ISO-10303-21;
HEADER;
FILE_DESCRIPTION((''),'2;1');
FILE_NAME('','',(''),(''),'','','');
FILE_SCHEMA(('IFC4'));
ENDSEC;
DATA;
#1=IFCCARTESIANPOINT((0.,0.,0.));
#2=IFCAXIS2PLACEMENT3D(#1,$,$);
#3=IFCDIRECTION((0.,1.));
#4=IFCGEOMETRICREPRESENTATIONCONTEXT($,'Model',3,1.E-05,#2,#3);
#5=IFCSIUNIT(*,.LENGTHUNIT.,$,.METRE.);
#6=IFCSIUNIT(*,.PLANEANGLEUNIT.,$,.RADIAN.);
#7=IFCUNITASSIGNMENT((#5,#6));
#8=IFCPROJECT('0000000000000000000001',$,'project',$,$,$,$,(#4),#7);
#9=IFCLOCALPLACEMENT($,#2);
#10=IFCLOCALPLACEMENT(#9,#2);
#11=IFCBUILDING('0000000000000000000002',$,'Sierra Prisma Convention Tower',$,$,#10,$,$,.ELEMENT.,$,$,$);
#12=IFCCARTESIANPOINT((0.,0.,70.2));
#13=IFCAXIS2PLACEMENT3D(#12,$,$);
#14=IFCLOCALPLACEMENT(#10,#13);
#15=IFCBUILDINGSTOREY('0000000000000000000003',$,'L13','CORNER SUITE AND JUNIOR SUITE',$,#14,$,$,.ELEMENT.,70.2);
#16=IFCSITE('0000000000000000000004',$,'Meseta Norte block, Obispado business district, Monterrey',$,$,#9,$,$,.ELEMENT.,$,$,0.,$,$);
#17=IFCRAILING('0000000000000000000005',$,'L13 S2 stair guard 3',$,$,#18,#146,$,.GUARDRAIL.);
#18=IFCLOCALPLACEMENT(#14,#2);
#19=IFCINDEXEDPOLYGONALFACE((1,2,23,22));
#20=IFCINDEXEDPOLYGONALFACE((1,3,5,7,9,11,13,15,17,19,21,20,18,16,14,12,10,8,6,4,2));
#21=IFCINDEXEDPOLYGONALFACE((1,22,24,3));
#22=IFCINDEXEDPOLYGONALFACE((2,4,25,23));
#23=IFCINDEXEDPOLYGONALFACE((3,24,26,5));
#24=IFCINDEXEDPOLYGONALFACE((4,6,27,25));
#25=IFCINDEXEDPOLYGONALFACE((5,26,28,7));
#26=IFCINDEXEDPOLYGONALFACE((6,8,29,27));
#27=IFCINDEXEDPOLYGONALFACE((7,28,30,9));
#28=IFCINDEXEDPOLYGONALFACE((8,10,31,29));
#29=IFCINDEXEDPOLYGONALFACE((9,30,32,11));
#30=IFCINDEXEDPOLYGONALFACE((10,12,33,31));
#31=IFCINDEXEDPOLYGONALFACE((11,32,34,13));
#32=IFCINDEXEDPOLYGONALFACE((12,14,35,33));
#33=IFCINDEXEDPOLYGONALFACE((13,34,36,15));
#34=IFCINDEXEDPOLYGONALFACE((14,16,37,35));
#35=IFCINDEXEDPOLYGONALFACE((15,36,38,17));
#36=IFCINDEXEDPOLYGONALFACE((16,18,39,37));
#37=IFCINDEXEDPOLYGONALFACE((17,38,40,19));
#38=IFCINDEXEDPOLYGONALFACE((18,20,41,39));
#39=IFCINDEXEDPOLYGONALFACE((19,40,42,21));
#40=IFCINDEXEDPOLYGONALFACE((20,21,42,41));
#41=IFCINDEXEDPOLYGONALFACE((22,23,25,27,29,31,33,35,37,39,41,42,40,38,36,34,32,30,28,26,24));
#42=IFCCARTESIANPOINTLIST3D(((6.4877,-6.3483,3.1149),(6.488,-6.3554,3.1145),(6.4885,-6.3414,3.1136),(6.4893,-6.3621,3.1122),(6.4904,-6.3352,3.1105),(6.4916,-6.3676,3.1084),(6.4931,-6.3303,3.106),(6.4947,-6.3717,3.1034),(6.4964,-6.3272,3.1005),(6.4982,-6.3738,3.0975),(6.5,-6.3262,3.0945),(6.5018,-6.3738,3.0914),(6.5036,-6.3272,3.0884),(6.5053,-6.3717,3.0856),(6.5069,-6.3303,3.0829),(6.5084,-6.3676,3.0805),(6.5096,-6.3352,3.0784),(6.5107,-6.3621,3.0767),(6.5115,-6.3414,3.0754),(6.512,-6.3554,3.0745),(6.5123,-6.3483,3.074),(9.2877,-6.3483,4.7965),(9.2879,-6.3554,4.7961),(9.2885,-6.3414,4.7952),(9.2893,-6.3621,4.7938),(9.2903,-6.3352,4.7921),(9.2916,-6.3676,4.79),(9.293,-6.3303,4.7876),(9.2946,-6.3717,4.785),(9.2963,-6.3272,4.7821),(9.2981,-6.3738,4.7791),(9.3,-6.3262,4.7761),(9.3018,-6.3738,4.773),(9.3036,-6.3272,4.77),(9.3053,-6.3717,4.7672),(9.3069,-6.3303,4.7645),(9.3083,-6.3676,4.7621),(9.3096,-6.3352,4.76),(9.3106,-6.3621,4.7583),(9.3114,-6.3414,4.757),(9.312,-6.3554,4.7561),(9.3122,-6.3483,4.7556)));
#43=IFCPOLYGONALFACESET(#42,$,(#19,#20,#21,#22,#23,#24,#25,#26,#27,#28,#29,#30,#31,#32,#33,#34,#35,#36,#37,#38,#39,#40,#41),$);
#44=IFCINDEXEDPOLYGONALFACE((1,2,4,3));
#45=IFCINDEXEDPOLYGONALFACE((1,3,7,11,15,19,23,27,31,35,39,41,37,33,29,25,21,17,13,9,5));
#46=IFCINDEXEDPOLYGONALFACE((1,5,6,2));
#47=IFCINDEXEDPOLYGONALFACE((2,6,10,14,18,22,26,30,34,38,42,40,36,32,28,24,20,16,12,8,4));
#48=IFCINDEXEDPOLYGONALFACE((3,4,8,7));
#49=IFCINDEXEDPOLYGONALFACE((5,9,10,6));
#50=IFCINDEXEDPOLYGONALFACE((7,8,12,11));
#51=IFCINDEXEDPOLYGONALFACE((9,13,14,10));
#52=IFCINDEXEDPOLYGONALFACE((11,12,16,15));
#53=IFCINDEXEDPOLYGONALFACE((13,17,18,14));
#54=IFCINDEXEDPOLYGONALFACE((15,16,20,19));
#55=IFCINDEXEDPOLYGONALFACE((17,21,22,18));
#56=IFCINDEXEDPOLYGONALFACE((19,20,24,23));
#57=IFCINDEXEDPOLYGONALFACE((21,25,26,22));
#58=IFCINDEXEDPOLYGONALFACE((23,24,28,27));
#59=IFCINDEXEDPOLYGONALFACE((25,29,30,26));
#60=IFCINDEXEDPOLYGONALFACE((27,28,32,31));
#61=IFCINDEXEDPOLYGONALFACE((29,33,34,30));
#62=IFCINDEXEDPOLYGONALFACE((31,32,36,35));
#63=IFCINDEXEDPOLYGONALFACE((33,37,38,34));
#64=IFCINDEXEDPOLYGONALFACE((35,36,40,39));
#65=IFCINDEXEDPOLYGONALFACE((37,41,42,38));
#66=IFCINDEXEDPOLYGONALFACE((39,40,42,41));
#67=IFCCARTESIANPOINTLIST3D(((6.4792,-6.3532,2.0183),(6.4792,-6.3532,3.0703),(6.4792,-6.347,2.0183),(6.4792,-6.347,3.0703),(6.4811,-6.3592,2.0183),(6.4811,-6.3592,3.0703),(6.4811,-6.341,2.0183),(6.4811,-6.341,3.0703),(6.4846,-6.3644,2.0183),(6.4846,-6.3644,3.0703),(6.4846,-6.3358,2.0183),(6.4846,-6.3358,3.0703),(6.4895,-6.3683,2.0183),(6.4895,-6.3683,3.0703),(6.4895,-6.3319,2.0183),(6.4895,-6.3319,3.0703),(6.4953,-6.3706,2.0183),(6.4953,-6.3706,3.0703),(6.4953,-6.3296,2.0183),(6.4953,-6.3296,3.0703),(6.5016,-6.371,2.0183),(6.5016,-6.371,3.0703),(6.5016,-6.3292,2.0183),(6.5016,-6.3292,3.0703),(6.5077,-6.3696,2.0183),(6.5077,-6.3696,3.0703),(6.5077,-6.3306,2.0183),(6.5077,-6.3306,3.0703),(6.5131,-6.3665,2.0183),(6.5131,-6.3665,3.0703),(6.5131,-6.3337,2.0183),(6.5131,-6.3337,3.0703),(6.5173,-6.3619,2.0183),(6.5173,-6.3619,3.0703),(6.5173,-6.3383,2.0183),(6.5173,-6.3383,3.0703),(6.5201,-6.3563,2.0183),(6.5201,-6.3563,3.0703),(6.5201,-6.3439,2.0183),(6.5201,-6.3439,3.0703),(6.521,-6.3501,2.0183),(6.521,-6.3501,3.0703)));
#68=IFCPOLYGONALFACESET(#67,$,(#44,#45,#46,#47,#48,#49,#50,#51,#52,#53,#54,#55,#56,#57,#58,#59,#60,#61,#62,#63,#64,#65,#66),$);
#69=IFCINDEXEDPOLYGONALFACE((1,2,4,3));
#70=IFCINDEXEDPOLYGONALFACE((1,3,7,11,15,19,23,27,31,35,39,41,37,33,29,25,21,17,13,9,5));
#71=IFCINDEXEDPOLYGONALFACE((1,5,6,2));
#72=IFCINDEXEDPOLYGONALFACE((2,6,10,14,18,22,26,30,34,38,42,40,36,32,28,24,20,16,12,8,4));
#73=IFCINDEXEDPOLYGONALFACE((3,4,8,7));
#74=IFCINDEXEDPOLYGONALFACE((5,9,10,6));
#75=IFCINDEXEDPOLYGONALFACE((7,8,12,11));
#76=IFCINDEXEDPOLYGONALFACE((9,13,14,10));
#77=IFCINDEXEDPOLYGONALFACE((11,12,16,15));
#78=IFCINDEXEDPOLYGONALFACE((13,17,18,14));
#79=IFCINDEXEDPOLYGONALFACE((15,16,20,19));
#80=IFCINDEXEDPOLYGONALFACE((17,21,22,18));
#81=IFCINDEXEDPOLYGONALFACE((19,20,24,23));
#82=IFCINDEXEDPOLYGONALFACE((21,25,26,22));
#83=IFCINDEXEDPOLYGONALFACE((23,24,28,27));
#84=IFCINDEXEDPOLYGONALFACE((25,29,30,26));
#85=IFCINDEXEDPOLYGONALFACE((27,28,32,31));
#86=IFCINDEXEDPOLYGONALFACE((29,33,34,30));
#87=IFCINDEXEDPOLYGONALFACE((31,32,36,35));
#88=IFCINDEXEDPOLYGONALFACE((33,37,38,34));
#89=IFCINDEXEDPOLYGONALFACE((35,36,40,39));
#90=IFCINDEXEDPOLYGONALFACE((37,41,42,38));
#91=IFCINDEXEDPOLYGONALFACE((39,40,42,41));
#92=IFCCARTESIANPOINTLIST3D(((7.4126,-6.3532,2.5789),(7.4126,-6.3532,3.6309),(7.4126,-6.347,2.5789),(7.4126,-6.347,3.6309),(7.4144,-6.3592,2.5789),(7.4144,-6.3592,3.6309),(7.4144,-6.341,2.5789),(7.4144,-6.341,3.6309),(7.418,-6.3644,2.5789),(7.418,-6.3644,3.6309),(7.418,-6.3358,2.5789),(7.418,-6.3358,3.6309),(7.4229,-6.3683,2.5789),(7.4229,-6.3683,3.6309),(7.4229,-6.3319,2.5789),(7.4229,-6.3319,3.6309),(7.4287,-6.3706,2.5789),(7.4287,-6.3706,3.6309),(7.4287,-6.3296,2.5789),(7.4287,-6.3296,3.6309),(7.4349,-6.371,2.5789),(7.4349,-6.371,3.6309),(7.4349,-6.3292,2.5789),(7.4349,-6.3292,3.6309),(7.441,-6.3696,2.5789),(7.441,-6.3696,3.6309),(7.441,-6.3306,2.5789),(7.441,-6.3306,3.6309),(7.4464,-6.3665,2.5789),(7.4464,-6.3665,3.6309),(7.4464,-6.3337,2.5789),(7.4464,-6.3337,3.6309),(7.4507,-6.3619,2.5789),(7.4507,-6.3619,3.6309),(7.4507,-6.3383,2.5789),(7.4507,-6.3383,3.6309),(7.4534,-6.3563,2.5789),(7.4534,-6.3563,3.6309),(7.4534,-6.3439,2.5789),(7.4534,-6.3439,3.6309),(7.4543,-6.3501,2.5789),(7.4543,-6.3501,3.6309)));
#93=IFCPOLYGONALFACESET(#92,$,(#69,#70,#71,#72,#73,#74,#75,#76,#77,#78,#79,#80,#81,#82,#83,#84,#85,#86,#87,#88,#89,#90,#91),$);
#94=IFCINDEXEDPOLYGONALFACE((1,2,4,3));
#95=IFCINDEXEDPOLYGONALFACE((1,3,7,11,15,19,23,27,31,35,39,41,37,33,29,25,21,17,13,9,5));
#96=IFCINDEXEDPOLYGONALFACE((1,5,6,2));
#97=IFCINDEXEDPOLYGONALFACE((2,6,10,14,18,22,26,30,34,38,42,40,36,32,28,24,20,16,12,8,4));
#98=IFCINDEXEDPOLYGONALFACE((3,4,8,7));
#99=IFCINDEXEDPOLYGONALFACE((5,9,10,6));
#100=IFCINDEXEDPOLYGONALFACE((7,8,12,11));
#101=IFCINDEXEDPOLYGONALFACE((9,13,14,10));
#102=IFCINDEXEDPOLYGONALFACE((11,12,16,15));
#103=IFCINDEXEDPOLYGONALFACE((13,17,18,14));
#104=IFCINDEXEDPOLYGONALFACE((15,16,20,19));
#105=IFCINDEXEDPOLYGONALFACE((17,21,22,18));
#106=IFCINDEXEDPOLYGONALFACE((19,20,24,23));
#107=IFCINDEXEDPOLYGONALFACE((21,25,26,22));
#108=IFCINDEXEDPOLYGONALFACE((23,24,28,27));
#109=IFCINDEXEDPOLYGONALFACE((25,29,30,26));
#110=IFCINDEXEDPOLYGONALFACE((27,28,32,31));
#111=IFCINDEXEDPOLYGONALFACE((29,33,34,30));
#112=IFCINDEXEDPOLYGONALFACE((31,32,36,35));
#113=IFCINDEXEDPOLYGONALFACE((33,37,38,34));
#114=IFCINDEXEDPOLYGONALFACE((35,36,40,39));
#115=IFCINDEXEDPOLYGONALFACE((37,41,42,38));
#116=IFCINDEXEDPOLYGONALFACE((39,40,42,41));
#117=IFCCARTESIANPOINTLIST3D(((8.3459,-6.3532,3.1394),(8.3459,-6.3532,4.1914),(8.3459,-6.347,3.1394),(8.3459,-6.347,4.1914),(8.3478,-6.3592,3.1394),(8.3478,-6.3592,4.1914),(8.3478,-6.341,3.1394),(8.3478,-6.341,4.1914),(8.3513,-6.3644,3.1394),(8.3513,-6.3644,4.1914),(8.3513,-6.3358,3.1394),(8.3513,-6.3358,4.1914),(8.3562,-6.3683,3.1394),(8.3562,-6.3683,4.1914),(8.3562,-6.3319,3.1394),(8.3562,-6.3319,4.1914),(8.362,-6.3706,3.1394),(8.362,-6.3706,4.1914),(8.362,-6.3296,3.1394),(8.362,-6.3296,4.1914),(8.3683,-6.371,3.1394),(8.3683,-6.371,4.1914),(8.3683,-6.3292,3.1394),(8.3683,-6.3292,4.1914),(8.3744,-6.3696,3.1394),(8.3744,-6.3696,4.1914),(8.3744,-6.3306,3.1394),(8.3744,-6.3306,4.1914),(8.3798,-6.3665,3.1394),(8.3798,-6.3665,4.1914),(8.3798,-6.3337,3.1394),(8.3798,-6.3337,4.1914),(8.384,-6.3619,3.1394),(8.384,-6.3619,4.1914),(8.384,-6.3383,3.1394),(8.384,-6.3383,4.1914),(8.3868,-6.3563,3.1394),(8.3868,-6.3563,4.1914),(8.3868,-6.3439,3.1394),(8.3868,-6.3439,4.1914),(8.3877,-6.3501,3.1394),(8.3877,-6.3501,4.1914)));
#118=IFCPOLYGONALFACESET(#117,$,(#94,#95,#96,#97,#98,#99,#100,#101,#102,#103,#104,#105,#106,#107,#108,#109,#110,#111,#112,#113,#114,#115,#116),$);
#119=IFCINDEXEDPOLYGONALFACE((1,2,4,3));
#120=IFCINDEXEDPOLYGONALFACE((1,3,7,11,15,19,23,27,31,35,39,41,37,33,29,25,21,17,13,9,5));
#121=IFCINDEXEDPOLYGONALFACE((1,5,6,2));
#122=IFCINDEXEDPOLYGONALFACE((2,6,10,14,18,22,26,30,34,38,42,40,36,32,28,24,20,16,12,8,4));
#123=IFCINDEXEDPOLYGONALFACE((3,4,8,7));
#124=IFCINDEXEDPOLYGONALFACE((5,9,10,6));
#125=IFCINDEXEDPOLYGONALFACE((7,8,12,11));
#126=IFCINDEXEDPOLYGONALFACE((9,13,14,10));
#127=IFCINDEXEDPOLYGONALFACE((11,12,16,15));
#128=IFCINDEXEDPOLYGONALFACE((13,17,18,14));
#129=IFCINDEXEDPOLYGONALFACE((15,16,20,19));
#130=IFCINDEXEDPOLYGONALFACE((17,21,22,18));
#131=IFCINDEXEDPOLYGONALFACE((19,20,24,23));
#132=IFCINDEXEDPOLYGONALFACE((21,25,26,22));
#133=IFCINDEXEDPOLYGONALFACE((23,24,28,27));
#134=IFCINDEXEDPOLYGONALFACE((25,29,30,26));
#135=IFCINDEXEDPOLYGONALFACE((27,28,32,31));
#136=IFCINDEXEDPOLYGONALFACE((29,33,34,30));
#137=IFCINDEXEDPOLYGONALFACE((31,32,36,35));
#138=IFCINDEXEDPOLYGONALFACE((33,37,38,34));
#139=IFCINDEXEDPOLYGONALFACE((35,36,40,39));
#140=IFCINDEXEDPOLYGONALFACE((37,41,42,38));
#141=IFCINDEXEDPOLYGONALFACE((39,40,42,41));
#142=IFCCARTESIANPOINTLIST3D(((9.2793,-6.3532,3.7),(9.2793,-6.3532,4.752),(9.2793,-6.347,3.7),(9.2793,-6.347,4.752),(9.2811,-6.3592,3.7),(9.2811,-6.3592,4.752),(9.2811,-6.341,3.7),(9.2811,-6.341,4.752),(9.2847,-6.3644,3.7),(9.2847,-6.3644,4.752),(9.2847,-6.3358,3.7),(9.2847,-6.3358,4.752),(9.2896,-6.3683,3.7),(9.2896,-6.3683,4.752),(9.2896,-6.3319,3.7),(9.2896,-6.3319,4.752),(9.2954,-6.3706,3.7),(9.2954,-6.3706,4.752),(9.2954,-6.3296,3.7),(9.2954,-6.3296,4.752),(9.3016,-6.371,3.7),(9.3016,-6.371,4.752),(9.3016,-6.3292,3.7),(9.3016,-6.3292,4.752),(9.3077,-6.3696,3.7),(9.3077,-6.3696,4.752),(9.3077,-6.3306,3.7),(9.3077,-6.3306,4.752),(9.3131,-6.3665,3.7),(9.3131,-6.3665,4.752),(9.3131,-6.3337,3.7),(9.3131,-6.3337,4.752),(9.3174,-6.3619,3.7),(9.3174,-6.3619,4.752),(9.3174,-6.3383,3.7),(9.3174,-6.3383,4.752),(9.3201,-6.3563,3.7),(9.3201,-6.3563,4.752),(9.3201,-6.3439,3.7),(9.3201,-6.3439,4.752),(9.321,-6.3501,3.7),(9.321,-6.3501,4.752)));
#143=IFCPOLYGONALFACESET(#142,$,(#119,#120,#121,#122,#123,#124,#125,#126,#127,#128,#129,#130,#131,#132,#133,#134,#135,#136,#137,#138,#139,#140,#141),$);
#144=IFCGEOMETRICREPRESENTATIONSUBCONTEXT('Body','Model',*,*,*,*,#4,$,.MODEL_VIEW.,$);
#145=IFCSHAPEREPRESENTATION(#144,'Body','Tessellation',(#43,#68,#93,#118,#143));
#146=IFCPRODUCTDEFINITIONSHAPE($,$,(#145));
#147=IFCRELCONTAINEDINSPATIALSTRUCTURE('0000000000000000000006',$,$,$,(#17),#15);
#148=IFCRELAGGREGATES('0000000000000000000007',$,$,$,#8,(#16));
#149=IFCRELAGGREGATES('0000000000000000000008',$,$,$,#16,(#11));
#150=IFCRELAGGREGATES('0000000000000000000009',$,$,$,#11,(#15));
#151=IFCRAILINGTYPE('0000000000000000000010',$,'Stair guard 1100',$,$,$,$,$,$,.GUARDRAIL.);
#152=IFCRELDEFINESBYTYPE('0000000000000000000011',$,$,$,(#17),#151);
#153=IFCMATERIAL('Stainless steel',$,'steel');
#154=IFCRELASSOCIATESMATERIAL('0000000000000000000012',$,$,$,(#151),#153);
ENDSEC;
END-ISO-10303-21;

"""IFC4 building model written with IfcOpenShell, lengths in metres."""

from ifc_helpers import new_model, si_unit, direction, frame, origin, origin_2d, place, context, subcontext, project, spatial, circle, extrude, material, type_object, element, save


model = new_model("IFC4")

# Units and contexts
model_context = context("Model", 3, precision=1e-05, world=origin(), true_north=direction((0.0, 1.0)))
body_context = subcontext(model_context, "Body", "Model", "MODEL_VIEW")
ifc_project = project(units=[si_unit("LENGTHUNIT", "METRE"), si_unit("PLANEANGLEUNIT", "RADIAN")], contexts=[model_context])

# Site, building, storey
site_placement = place(None, origin())
site = spatial("IfcSite", under=ifc_project, at=site_placement, Name="Meseta Norte block, Obispado business district, Monterrey", CompositionType="ELEMENT", RefElevation=0.0)
building_placement = place(site_placement, origin())
building = spatial("IfcBuilding", under=site, at=building_placement, Name="Sierra Prisma Convention Tower", CompositionType="ELEMENT")
storey_placement = place(building_placement, frame((0.0, 0.0, 70.2)))
storey = spatial("IfcBuildingStorey", under=building, at=storey_placement, Name="L13", Description="CORNER SUITE AND JUNIOR SUITE", CompositionType="ELEMENT", Elevation=70.2)

# Railing
ifc_material_1 = material(Name="Stainless steel", Category="steel")
railing_type_1 = type_object("IfcRailingType", Name="Stair guard 1100", PredefinedType="GUARDRAIL", material=ifc_material_1)
railing_1_placement = place(storey_placement, frame((6.5, -6.3501, 2.0183)))
element("IfcRailing", 1, at=railing_1_placement, inside=storey, type_object=railing_type_1, Name="L13 S2 stair guard 3", PredefinedType="GUARDRAIL", context=body_context, shape_type="SweptSolid", body=[
    extrude(circle(Radius=0.0239, at=origin_2d()), frame((0.0, 0.0, 1.0762), z_axis=(0.857275, 0.0, 0.514858), x_axis=(0.0, 1.0, 0.0)), (0.0, 0.0, 1.0), 3.2661),
    extrude(circle(Radius=0.021, at=origin_2d()), origin(), (0.0, 0.0, 1.0), 1.052),
    extrude(circle(Radius=0.021, at=origin_2d()), frame((0.9333, 0.0, 0.5605)), (0.0, 0.0, 1.0), 1.052),
    extrude(circle(Radius=0.021, at=origin_2d()), frame((1.8667, 0.0, 1.1211)), (0.0, 0.0, 1.0), 1.052),
    extrude(circle(Radius=0.021, at=origin_2d()), frame((2.8, 0.0, 1.6816)), (0.0, 0.0, 1.0), 1.052),
])

save(model, "model.ifc")
